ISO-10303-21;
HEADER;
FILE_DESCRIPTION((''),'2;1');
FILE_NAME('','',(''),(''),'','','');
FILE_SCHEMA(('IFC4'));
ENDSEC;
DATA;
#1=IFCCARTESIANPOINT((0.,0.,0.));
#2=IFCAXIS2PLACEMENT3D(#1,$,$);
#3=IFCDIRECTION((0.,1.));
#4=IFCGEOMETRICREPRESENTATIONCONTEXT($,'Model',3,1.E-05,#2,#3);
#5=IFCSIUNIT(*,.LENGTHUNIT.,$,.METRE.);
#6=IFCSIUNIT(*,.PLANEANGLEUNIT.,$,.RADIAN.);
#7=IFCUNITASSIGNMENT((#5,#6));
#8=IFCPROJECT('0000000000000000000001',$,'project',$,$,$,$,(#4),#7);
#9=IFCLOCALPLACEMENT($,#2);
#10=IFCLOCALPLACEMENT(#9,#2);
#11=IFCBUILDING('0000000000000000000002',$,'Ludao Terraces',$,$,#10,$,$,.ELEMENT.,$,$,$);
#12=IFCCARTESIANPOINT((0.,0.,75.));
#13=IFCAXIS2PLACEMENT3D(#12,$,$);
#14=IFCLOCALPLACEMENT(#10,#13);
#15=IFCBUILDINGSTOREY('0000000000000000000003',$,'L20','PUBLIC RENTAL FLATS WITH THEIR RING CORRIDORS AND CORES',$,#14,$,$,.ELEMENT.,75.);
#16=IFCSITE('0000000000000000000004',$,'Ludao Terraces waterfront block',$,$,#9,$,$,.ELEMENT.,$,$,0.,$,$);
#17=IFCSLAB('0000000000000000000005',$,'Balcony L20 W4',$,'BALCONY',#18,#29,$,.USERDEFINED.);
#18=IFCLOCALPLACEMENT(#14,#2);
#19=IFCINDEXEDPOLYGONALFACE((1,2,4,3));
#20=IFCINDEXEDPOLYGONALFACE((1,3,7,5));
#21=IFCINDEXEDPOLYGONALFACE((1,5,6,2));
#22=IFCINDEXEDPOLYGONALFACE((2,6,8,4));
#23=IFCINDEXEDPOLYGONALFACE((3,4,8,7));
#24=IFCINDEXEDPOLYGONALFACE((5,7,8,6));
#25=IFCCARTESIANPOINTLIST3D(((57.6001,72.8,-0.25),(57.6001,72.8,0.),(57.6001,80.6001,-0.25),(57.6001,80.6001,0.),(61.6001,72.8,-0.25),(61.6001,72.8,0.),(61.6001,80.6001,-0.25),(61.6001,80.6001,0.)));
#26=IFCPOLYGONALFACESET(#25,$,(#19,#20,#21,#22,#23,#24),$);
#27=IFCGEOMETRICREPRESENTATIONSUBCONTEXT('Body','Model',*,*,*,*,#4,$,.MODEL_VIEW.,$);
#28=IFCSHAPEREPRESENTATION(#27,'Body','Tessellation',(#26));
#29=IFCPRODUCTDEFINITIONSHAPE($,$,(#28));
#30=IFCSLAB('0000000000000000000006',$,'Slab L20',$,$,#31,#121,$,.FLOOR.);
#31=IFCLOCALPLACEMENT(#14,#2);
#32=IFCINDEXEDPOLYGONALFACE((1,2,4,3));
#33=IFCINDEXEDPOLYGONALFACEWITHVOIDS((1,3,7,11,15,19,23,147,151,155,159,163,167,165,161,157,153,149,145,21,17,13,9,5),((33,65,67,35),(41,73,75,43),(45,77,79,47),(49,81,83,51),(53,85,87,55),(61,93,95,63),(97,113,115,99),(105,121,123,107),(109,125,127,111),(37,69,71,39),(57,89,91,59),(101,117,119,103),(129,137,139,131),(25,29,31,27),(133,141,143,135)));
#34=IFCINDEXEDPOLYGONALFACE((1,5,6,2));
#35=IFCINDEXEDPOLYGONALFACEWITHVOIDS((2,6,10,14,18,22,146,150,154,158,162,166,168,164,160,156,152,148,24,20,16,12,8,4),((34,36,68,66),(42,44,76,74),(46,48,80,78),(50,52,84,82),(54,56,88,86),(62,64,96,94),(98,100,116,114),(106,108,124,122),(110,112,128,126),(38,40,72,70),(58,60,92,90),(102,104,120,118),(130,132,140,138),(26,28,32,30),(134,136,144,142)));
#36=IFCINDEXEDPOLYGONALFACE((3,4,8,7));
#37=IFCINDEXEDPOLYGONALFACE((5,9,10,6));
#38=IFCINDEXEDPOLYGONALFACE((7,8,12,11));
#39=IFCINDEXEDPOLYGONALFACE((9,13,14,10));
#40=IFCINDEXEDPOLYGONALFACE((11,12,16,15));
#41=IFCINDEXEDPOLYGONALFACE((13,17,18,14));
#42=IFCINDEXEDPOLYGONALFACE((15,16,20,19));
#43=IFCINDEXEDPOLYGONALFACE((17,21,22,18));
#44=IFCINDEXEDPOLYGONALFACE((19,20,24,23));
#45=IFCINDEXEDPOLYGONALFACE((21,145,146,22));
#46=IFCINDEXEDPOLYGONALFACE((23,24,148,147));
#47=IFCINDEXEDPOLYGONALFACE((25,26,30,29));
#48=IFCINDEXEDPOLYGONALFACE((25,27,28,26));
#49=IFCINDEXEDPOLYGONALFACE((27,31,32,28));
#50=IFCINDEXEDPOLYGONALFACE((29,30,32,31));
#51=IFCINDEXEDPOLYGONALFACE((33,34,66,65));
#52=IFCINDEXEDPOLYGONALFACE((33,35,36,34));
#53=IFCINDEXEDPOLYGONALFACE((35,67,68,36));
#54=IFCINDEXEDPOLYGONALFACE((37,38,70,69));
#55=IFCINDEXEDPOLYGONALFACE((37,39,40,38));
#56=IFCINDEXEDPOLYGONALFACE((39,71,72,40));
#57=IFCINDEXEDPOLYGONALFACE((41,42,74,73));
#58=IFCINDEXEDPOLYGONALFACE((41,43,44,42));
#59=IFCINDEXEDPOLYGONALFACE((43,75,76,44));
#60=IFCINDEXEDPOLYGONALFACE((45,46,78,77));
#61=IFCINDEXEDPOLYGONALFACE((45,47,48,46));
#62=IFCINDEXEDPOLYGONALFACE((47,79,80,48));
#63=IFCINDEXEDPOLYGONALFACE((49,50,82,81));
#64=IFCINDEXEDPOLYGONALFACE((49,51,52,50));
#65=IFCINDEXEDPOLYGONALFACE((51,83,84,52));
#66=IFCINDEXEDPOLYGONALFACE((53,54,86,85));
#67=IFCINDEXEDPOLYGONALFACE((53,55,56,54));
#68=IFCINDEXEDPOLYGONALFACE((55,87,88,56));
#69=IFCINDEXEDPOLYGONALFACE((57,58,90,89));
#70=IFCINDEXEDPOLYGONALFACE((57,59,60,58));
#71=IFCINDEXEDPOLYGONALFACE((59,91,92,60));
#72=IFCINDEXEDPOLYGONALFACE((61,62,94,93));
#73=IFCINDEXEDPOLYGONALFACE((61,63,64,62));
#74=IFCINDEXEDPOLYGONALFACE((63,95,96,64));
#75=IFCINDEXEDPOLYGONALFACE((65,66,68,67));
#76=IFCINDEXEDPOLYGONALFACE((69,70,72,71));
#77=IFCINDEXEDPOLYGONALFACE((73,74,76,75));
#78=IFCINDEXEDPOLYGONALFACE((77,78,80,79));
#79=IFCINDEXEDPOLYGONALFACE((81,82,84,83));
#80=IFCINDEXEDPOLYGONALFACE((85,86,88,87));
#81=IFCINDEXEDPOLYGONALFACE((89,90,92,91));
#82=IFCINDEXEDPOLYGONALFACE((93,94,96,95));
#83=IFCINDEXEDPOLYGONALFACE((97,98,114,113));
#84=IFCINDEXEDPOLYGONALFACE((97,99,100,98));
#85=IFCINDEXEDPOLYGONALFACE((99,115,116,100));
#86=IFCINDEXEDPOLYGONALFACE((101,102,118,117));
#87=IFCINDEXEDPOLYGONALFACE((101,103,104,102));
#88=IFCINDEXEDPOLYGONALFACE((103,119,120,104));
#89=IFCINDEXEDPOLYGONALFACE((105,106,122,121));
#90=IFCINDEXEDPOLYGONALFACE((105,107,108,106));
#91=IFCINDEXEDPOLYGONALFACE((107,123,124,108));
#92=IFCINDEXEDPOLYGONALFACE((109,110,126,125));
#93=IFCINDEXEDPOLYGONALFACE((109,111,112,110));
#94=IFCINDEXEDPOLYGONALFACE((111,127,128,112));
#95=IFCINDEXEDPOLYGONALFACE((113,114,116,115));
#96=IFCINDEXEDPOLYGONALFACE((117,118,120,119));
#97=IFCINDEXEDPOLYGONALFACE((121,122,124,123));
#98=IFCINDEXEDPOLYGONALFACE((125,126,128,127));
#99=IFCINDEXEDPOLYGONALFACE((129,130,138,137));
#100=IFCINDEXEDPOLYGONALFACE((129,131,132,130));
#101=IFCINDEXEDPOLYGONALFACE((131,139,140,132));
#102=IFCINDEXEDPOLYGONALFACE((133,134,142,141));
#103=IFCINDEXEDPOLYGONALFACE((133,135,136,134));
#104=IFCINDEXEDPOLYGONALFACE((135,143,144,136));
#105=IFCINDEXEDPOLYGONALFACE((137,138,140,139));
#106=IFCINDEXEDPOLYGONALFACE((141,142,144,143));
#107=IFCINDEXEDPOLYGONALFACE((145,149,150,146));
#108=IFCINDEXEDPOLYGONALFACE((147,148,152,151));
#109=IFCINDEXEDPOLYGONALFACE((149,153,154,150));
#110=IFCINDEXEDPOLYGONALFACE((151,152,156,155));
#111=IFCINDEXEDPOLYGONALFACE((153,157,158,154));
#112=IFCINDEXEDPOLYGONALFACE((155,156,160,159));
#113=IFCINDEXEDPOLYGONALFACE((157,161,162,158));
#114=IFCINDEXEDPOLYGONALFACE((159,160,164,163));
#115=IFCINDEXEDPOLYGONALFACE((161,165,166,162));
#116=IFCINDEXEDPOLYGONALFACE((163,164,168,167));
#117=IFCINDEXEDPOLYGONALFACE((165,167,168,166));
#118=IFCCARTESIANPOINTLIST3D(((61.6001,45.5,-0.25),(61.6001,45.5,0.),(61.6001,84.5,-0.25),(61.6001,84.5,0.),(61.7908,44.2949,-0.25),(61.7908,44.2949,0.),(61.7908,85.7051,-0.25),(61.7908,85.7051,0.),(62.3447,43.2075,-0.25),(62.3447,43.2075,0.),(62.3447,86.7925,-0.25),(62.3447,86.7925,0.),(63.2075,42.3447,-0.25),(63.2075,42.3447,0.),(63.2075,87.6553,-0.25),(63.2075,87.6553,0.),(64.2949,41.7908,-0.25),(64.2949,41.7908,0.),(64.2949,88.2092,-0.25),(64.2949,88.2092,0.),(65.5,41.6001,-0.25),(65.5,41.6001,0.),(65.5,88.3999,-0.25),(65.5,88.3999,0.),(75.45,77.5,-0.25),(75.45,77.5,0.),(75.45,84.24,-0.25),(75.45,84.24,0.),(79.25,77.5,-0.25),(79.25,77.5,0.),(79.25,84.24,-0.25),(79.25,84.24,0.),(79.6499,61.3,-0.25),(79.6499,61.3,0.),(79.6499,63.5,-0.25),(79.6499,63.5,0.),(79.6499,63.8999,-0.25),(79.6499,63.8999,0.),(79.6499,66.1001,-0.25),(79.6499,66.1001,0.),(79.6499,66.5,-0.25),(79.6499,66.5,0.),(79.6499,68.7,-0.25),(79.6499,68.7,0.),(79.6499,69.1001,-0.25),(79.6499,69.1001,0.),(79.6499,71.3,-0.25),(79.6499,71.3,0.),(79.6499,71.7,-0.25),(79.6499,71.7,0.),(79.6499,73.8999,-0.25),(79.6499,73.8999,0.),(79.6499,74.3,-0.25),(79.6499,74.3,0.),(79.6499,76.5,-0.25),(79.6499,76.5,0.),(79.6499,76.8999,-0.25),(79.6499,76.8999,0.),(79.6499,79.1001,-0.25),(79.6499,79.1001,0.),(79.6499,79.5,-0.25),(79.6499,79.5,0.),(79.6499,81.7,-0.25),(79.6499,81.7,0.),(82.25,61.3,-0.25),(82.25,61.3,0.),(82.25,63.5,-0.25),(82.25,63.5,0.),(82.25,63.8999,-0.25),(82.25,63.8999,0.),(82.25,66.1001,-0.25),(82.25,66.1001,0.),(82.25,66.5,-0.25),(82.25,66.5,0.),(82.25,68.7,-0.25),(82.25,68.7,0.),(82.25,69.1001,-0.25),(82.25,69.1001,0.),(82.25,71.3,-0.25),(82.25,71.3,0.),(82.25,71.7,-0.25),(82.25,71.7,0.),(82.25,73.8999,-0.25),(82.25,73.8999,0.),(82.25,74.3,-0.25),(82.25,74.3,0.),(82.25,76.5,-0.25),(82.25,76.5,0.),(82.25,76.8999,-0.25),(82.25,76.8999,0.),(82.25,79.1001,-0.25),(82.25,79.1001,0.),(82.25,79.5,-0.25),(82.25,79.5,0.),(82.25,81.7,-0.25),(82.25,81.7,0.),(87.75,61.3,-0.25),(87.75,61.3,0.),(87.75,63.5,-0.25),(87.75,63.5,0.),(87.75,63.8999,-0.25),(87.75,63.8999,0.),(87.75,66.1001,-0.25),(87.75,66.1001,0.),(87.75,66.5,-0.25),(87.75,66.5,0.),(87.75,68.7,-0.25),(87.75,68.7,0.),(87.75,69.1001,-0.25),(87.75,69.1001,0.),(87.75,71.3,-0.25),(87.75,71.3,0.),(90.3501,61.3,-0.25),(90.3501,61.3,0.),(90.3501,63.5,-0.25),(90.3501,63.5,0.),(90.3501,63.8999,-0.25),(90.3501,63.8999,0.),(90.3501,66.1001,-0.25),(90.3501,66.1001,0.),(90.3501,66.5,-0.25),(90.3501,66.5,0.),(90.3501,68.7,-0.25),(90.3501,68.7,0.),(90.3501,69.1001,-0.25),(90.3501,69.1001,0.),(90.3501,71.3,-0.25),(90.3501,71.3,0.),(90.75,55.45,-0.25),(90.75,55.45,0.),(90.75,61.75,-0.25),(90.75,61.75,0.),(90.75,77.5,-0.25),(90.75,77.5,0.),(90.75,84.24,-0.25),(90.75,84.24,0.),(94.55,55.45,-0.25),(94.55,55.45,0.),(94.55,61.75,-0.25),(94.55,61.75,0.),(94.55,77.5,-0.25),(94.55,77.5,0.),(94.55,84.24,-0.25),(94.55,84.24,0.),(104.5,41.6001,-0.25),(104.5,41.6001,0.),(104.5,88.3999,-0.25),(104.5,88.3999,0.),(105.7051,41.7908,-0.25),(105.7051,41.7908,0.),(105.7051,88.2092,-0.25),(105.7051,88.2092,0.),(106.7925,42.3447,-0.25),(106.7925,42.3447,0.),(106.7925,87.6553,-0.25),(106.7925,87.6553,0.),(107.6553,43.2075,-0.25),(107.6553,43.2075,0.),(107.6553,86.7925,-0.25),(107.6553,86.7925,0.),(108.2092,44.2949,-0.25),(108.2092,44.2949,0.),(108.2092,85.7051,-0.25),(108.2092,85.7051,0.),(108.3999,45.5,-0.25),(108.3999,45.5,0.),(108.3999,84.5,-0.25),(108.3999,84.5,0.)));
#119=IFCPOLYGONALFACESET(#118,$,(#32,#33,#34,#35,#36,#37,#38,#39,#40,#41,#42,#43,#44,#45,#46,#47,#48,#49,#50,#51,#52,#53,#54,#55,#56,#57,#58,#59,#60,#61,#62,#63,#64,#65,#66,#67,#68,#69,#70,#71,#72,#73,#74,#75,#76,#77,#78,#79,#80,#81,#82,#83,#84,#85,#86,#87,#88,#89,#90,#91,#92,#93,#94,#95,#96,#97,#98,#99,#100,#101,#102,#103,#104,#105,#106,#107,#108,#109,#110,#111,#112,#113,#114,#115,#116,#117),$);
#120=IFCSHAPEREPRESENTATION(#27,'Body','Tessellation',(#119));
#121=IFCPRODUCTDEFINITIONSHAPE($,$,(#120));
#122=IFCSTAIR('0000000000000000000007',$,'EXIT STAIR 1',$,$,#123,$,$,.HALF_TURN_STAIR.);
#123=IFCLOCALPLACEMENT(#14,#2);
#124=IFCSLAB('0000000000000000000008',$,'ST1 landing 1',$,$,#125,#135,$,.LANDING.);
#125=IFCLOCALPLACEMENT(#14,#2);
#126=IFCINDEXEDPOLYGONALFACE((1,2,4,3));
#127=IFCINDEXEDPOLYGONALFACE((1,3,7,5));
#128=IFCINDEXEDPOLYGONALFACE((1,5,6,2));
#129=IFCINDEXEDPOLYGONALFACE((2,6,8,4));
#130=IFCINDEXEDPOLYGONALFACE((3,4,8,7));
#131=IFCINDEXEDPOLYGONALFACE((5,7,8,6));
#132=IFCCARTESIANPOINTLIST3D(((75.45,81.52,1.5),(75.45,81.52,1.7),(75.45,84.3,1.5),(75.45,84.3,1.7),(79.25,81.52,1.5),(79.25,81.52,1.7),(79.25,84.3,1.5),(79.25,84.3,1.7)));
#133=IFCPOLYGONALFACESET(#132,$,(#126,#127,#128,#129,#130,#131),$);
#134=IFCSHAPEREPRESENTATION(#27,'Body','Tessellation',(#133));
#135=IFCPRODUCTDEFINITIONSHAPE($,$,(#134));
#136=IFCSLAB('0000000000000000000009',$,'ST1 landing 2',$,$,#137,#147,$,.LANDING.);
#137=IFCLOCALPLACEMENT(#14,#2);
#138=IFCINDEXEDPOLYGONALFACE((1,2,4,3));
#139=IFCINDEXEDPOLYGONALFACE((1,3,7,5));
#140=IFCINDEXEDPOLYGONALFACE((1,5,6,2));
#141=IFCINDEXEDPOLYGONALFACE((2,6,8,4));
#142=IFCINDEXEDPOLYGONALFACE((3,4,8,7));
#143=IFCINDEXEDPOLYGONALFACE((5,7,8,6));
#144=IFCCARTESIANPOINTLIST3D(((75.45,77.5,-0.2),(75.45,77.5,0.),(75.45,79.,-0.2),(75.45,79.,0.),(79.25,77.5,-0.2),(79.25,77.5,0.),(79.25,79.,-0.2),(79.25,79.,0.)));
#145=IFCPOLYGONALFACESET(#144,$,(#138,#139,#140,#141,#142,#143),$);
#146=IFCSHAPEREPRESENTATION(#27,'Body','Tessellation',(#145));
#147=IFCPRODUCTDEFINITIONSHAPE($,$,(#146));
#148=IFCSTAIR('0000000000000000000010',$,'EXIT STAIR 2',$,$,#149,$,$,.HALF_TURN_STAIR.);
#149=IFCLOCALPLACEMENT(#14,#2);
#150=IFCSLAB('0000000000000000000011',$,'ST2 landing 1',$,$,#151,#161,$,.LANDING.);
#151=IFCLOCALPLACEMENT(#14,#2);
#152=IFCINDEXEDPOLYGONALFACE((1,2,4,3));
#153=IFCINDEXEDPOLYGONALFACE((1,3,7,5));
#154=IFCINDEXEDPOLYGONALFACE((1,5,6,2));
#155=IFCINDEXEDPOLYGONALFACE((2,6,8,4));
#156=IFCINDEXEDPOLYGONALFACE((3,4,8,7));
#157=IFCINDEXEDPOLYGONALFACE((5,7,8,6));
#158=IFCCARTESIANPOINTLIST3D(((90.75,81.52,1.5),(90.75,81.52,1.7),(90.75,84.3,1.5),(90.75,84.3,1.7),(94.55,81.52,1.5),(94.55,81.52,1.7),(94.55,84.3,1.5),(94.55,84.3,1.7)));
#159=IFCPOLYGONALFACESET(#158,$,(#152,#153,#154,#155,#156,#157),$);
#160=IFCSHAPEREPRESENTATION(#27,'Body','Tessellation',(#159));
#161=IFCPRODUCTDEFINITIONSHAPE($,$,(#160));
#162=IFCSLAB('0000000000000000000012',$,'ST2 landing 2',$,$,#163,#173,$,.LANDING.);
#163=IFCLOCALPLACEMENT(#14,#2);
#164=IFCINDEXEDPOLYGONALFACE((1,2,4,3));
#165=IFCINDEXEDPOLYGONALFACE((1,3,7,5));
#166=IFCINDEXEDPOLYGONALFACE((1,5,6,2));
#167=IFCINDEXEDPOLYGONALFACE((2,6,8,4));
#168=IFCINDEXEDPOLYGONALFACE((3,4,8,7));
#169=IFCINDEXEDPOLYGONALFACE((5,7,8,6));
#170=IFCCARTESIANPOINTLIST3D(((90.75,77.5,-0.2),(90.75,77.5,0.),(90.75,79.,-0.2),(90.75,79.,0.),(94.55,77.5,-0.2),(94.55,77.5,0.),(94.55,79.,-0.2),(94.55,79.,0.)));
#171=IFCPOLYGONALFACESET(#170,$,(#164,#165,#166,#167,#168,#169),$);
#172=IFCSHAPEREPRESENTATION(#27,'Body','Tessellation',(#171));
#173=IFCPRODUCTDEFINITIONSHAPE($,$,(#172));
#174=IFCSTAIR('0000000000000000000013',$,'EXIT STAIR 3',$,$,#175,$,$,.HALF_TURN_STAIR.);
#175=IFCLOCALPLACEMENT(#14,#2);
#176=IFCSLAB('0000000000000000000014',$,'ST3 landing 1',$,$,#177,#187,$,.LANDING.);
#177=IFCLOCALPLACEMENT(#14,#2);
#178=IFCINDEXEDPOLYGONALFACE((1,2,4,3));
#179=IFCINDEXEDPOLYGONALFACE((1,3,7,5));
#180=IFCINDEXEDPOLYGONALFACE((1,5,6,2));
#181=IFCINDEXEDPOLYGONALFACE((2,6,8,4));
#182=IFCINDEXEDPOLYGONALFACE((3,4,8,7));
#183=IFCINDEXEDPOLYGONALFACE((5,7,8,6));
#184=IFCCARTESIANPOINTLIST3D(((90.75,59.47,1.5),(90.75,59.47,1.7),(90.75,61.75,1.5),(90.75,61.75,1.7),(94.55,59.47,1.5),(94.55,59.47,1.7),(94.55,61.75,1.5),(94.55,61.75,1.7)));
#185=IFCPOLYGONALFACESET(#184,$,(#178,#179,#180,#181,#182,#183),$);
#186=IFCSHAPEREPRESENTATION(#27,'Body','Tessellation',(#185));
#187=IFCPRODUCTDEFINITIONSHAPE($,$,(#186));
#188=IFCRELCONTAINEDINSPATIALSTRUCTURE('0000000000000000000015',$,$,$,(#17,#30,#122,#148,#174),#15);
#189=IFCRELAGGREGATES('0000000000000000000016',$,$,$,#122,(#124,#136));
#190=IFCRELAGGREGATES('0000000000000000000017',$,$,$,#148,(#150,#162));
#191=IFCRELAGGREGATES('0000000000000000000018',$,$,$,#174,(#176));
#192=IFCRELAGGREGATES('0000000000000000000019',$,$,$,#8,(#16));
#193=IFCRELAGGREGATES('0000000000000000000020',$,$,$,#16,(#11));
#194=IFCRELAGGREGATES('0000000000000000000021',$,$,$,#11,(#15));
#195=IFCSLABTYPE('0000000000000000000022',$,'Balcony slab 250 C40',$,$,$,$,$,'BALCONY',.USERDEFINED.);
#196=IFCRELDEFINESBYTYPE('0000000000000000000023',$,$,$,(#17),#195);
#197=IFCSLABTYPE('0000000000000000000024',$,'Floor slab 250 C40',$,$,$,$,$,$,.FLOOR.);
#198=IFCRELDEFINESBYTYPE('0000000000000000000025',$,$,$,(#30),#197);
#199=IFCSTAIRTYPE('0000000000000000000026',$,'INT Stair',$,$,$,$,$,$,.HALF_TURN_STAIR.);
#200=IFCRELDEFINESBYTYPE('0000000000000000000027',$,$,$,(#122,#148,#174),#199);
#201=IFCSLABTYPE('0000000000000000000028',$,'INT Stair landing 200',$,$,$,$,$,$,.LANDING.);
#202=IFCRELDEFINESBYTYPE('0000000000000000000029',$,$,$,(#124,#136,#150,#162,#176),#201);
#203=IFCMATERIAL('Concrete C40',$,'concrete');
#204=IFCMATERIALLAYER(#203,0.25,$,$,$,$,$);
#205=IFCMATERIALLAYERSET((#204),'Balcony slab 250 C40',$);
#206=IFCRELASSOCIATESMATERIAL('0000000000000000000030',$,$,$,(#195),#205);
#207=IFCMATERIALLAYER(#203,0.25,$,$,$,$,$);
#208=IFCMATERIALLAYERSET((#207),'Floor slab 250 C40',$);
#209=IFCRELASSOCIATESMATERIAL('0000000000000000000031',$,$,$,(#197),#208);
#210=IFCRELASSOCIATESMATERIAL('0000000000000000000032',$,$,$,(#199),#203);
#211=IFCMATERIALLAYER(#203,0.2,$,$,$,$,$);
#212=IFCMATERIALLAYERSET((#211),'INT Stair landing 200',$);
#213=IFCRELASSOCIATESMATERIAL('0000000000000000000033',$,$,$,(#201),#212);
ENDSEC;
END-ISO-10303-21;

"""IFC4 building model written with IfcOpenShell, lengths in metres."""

from ifc_helpers import new_model, si_unit, direction, frame, origin, place, context, subcontext, project, spatial, polyline, outline, extrude, material, layer, layer_set, type_object, element, aggregate, save


model = new_model("IFC4")

# Units and contexts
model_context = context("Model", 3, precision=1e-05, world=origin(), true_north=direction((0.0, 1.0)))
body_context = subcontext(model_context, "Body", "Model", "MODEL_VIEW")
ifc_project = project(units=[si_unit("LENGTHUNIT", "METRE"), si_unit("PLANEANGLEUNIT", "RADIAN")], contexts=[model_context])

# Site, building, storey
site_placement = place(None, origin())
site = spatial("IfcSite", under=ifc_project, at=site_placement, Name="Ludao Terraces waterfront block", CompositionType="ELEMENT", RefElevation=0.0)
building_placement = place(site_placement, origin())
building = spatial("IfcBuilding", under=site, at=building_placement, Name="Ludao Terraces", CompositionType="ELEMENT")
storey_placement = place(building_placement, frame((0.0, 0.0, 75.0)))
storey = spatial("IfcBuildingStorey", under=building, at=storey_placement, Name="L20", Description="PUBLIC RENTAL FLATS WITH THEIR RING CORRIDORS AND CORES", CompositionType="ELEMENT", Elevation=75.0)

# Shared definitions
ifc_material_1 = material(Name="Concrete C40", Category="concrete")

# Slabs
ifc_layer_1 = layer(ifc_material_1, 0.25)
ifc_layer_set_1 = layer_set([ifc_layer_1], Name="Balcony slab 250 C40")
slab_type_1 = type_object("IfcSlabType", Name="Balcony slab 250 C40", ElementType="BALCONY", PredefinedType="USERDEFINED", material=ifc_layer_set_1)
slab_1_placement = place(storey_placement, frame((0.0, 0.0, -0.25)))
element("IfcSlab", 1, at=slab_1_placement, inside=storey, type_object=slab_type_1, Name="Balcony L20 W4", ObjectType="BALCONY", PredefinedType="USERDEFINED", context=body_context, shape_type="SweptSolid", body=[
    extrude(outline(polyline([(57.6001, 72.8), (61.6001, 72.8), (61.6001, 80.6001), (57.6001, 80.6001), (57.6001, 72.8)])), origin(), (0.0, 0.0, 1.0), 0.25),
])
ifc_layer_2 = layer(ifc_material_1, 0.25)
ifc_layer_set_2 = layer_set([ifc_layer_2], Name="Floor slab 250 C40")
slab_type_2 = type_object("IfcSlabType", Name="Floor slab 250 C40", PredefinedType="FLOOR", material=ifc_layer_set_2)
slab_2_placement = place(storey_placement, frame((0.0, 0.0, -0.25)))
element("IfcSlab", 2, at=slab_2_placement, inside=storey, type_object=slab_type_2, Name="Slab L20", PredefinedType="FLOOR", context=body_context, shape_type="SweptSolid", body=[
    extrude(outline(polyline([(104.5, 41.6001), (105.7051, 41.7908), (106.7925, 42.3447), (107.6553, 43.2075), (108.2092, 44.2949), (108.3999, 45.5), (108.3999, 84.5), (108.2092, 85.7051), (107.6553, 86.7925), (106.7925, 87.6553), (105.7051, 88.2092), (104.5, 88.3999), (65.5, 88.3999), (64.2949, 88.2092), (63.2075, 87.6553), (62.3447, 86.7925), (61.7908, 85.7051), (61.6001, 84.5), (61.6001, 45.5), (61.7908, 44.2949), (62.3447, 43.2075), (63.2075, 42.3447), (64.2949, 41.7908), (65.5, 41.6001), (104.5, 41.6001)]), holes=[polyline([(79.6499, 61.3), (82.25, 61.3), (82.25, 63.5), (79.6499, 63.5), (79.6499, 61.3)]), polyline([(79.6499, 63.8999), (82.25, 63.8999), (82.25, 66.1001), (79.6499, 66.1001), (79.6499, 63.8999)]), polyline([(79.6499, 66.5), (82.25, 66.5), (82.25, 68.7), (79.6499, 68.7), (79.6499, 66.5)]), polyline([(79.6499, 69.1001), (82.25, 69.1001), (82.25, 71.3), (79.6499, 71.3), (79.6499, 69.1001)]), polyline([(79.6499, 71.7), (82.25, 71.7), (82.25, 73.8999), (79.6499, 73.8999), (79.6499, 71.7)]), polyline([(79.6499, 74.3), (82.25, 74.3), (82.25, 76.5), (79.6499, 76.5), (79.6499, 74.3)]), polyline([(79.6499, 76.8999), (82.25, 76.8999), (82.25, 79.1001), (79.6499, 79.1001), (79.6499, 76.8999)]), polyline([(79.6499, 79.5), (82.25, 79.5), (82.25, 81.7), (79.6499, 81.7), (79.6499, 79.5)]), polyline([(87.75, 61.3), (90.3501, 61.3), (90.3501, 63.5), (87.75, 63.5), (87.75, 61.3)]), polyline([(87.75, 63.8999), (90.3501, 63.8999), (90.3501, 66.1001), (87.75, 66.1001), (87.75, 63.8999)]), polyline([(87.75, 66.5), (90.3501, 66.5), (90.3501, 68.7), (87.75, 68.7), (87.75, 66.5)]), polyline([(87.75, 69.1001), (90.3501, 69.1001), (90.3501, 71.3), (87.75, 71.3), (87.75, 69.1001)]), polyline([(75.45, 77.5), (79.25, 77.5), (79.25, 84.24), (75.45, 84.24), (75.45, 77.5)]), polyline([(90.75, 77.5), (94.55, 77.5), (94.55, 84.24), (90.75, 84.24), (90.75, 77.5)]), polyline([(90.75, 55.45), (94.55, 55.45), (94.55, 61.75), (90.75, 61.75), (90.75, 55.45)])]), origin(), (0.0, 0.0, 1.0), 0.25),
])

# Stairs, slabs
stair_type = type_object("IfcStairType", Name="INT Stair", PredefinedType="HALF_TURN_STAIR", material=ifc_material_1)
stair_1_placement = place(storey_placement, origin())
stair_1 = element("IfcStair", 3, at=stair_1_placement, inside=storey, type_object=stair_type, Name="EXIT STAIR 1", PredefinedType="HALF_TURN_STAIR")
ifc_layer_3 = layer(ifc_material_1, 0.2)
ifc_layer_set_3 = layer_set([ifc_layer_3], Name="INT Stair landing 200")
slab_type_3 = type_object("IfcSlabType", Name="INT Stair landing 200", PredefinedType="LANDING", material=ifc_layer_set_3)
slab_3_placement = place(storey_placement, frame((0.0, 0.0, 1.5)))
slab_3 = element("IfcSlab", 4, at=slab_3_placement, type_object=slab_type_3, Name="ST1 landing 1", PredefinedType="LANDING", context=body_context, shape_type="SweptSolid", body=[
    extrude(outline(polyline([(75.45, 81.52), (79.25, 81.52), (79.25, 84.3), (75.45, 84.3), (75.45, 81.52)])), origin(), (0.0, 0.0, 1.0), 0.2),
])
slab_4_placement = place(storey_placement, frame((0.0, 0.0, -0.2)))
slab_4 = element("IfcSlab", 5, at=slab_4_placement, type_object=slab_type_3, Name="ST1 landing 2", PredefinedType="LANDING", context=body_context, shape_type="SweptSolid", body=[
    extrude(outline(polyline([(75.45, 77.5), (79.25, 77.5), (79.25, 79.0), (75.45, 79.0), (75.45, 77.5)])), origin(), (0.0, 0.0, 1.0), 0.2),
])
aggregate(stair_1, [slab_3, slab_4])
stair_2_placement = place(storey_placement, origin())
stair_2 = element("IfcStair", 6, at=stair_2_placement, inside=storey, type_object=stair_type, Name="EXIT STAIR 2", PredefinedType="HALF_TURN_STAIR")
slab_5_placement = place(storey_placement, frame((0.0, 0.0, 1.5)))
slab_5 = element("IfcSlab", 7, at=slab_5_placement, type_object=slab_type_3, Name="ST2 landing 1", PredefinedType="LANDING", context=body_context, shape_type="SweptSolid", body=[
    extrude(outline(polyline([(90.75, 81.52), (94.55, 81.52), (94.55, 84.3), (90.75, 84.3), (90.75, 81.52)])), origin(), (0.0, 0.0, 1.0), 0.2),
])
slab_6_placement = place(storey_placement, frame((0.0, 0.0, -0.2)))
slab_6 = element("IfcSlab", 8, at=slab_6_placement, type_object=slab_type_3, Name="ST2 landing 2", PredefinedType="LANDING", context=body_context, shape_type="SweptSolid", body=[
    extrude(outline(polyline([(90.75, 77.5), (94.55, 77.5), (94.55, 79.0), (90.75, 79.0), (90.75, 77.5)])), origin(), (0.0, 0.0, 1.0), 0.2),
])
aggregate(stair_2, [slab_5, slab_6])
stair_3_placement = place(storey_placement, origin())
stair_3 = element("IfcStair", 9, at=stair_3_placement, inside=storey, type_object=stair_type, Name="EXIT STAIR 3", PredefinedType="HALF_TURN_STAIR")
slab_7_placement = place(storey_placement, frame((0.0, 0.0, 1.5)))
slab_7 = element("IfcSlab", 10, at=slab_7_placement, type_object=slab_type_3, Name="ST3 landing 1", PredefinedType="LANDING", context=body_context, shape_type="SweptSolid", body=[
    extrude(outline(polyline([(90.75, 59.47), (94.55, 59.47), (94.55, 61.75), (90.75, 61.75), (90.75, 59.47)])), origin(), (0.0, 0.0, 1.0), 0.2),
])
aggregate(stair_3, [slab_7])

save(model, "model.ifc")
